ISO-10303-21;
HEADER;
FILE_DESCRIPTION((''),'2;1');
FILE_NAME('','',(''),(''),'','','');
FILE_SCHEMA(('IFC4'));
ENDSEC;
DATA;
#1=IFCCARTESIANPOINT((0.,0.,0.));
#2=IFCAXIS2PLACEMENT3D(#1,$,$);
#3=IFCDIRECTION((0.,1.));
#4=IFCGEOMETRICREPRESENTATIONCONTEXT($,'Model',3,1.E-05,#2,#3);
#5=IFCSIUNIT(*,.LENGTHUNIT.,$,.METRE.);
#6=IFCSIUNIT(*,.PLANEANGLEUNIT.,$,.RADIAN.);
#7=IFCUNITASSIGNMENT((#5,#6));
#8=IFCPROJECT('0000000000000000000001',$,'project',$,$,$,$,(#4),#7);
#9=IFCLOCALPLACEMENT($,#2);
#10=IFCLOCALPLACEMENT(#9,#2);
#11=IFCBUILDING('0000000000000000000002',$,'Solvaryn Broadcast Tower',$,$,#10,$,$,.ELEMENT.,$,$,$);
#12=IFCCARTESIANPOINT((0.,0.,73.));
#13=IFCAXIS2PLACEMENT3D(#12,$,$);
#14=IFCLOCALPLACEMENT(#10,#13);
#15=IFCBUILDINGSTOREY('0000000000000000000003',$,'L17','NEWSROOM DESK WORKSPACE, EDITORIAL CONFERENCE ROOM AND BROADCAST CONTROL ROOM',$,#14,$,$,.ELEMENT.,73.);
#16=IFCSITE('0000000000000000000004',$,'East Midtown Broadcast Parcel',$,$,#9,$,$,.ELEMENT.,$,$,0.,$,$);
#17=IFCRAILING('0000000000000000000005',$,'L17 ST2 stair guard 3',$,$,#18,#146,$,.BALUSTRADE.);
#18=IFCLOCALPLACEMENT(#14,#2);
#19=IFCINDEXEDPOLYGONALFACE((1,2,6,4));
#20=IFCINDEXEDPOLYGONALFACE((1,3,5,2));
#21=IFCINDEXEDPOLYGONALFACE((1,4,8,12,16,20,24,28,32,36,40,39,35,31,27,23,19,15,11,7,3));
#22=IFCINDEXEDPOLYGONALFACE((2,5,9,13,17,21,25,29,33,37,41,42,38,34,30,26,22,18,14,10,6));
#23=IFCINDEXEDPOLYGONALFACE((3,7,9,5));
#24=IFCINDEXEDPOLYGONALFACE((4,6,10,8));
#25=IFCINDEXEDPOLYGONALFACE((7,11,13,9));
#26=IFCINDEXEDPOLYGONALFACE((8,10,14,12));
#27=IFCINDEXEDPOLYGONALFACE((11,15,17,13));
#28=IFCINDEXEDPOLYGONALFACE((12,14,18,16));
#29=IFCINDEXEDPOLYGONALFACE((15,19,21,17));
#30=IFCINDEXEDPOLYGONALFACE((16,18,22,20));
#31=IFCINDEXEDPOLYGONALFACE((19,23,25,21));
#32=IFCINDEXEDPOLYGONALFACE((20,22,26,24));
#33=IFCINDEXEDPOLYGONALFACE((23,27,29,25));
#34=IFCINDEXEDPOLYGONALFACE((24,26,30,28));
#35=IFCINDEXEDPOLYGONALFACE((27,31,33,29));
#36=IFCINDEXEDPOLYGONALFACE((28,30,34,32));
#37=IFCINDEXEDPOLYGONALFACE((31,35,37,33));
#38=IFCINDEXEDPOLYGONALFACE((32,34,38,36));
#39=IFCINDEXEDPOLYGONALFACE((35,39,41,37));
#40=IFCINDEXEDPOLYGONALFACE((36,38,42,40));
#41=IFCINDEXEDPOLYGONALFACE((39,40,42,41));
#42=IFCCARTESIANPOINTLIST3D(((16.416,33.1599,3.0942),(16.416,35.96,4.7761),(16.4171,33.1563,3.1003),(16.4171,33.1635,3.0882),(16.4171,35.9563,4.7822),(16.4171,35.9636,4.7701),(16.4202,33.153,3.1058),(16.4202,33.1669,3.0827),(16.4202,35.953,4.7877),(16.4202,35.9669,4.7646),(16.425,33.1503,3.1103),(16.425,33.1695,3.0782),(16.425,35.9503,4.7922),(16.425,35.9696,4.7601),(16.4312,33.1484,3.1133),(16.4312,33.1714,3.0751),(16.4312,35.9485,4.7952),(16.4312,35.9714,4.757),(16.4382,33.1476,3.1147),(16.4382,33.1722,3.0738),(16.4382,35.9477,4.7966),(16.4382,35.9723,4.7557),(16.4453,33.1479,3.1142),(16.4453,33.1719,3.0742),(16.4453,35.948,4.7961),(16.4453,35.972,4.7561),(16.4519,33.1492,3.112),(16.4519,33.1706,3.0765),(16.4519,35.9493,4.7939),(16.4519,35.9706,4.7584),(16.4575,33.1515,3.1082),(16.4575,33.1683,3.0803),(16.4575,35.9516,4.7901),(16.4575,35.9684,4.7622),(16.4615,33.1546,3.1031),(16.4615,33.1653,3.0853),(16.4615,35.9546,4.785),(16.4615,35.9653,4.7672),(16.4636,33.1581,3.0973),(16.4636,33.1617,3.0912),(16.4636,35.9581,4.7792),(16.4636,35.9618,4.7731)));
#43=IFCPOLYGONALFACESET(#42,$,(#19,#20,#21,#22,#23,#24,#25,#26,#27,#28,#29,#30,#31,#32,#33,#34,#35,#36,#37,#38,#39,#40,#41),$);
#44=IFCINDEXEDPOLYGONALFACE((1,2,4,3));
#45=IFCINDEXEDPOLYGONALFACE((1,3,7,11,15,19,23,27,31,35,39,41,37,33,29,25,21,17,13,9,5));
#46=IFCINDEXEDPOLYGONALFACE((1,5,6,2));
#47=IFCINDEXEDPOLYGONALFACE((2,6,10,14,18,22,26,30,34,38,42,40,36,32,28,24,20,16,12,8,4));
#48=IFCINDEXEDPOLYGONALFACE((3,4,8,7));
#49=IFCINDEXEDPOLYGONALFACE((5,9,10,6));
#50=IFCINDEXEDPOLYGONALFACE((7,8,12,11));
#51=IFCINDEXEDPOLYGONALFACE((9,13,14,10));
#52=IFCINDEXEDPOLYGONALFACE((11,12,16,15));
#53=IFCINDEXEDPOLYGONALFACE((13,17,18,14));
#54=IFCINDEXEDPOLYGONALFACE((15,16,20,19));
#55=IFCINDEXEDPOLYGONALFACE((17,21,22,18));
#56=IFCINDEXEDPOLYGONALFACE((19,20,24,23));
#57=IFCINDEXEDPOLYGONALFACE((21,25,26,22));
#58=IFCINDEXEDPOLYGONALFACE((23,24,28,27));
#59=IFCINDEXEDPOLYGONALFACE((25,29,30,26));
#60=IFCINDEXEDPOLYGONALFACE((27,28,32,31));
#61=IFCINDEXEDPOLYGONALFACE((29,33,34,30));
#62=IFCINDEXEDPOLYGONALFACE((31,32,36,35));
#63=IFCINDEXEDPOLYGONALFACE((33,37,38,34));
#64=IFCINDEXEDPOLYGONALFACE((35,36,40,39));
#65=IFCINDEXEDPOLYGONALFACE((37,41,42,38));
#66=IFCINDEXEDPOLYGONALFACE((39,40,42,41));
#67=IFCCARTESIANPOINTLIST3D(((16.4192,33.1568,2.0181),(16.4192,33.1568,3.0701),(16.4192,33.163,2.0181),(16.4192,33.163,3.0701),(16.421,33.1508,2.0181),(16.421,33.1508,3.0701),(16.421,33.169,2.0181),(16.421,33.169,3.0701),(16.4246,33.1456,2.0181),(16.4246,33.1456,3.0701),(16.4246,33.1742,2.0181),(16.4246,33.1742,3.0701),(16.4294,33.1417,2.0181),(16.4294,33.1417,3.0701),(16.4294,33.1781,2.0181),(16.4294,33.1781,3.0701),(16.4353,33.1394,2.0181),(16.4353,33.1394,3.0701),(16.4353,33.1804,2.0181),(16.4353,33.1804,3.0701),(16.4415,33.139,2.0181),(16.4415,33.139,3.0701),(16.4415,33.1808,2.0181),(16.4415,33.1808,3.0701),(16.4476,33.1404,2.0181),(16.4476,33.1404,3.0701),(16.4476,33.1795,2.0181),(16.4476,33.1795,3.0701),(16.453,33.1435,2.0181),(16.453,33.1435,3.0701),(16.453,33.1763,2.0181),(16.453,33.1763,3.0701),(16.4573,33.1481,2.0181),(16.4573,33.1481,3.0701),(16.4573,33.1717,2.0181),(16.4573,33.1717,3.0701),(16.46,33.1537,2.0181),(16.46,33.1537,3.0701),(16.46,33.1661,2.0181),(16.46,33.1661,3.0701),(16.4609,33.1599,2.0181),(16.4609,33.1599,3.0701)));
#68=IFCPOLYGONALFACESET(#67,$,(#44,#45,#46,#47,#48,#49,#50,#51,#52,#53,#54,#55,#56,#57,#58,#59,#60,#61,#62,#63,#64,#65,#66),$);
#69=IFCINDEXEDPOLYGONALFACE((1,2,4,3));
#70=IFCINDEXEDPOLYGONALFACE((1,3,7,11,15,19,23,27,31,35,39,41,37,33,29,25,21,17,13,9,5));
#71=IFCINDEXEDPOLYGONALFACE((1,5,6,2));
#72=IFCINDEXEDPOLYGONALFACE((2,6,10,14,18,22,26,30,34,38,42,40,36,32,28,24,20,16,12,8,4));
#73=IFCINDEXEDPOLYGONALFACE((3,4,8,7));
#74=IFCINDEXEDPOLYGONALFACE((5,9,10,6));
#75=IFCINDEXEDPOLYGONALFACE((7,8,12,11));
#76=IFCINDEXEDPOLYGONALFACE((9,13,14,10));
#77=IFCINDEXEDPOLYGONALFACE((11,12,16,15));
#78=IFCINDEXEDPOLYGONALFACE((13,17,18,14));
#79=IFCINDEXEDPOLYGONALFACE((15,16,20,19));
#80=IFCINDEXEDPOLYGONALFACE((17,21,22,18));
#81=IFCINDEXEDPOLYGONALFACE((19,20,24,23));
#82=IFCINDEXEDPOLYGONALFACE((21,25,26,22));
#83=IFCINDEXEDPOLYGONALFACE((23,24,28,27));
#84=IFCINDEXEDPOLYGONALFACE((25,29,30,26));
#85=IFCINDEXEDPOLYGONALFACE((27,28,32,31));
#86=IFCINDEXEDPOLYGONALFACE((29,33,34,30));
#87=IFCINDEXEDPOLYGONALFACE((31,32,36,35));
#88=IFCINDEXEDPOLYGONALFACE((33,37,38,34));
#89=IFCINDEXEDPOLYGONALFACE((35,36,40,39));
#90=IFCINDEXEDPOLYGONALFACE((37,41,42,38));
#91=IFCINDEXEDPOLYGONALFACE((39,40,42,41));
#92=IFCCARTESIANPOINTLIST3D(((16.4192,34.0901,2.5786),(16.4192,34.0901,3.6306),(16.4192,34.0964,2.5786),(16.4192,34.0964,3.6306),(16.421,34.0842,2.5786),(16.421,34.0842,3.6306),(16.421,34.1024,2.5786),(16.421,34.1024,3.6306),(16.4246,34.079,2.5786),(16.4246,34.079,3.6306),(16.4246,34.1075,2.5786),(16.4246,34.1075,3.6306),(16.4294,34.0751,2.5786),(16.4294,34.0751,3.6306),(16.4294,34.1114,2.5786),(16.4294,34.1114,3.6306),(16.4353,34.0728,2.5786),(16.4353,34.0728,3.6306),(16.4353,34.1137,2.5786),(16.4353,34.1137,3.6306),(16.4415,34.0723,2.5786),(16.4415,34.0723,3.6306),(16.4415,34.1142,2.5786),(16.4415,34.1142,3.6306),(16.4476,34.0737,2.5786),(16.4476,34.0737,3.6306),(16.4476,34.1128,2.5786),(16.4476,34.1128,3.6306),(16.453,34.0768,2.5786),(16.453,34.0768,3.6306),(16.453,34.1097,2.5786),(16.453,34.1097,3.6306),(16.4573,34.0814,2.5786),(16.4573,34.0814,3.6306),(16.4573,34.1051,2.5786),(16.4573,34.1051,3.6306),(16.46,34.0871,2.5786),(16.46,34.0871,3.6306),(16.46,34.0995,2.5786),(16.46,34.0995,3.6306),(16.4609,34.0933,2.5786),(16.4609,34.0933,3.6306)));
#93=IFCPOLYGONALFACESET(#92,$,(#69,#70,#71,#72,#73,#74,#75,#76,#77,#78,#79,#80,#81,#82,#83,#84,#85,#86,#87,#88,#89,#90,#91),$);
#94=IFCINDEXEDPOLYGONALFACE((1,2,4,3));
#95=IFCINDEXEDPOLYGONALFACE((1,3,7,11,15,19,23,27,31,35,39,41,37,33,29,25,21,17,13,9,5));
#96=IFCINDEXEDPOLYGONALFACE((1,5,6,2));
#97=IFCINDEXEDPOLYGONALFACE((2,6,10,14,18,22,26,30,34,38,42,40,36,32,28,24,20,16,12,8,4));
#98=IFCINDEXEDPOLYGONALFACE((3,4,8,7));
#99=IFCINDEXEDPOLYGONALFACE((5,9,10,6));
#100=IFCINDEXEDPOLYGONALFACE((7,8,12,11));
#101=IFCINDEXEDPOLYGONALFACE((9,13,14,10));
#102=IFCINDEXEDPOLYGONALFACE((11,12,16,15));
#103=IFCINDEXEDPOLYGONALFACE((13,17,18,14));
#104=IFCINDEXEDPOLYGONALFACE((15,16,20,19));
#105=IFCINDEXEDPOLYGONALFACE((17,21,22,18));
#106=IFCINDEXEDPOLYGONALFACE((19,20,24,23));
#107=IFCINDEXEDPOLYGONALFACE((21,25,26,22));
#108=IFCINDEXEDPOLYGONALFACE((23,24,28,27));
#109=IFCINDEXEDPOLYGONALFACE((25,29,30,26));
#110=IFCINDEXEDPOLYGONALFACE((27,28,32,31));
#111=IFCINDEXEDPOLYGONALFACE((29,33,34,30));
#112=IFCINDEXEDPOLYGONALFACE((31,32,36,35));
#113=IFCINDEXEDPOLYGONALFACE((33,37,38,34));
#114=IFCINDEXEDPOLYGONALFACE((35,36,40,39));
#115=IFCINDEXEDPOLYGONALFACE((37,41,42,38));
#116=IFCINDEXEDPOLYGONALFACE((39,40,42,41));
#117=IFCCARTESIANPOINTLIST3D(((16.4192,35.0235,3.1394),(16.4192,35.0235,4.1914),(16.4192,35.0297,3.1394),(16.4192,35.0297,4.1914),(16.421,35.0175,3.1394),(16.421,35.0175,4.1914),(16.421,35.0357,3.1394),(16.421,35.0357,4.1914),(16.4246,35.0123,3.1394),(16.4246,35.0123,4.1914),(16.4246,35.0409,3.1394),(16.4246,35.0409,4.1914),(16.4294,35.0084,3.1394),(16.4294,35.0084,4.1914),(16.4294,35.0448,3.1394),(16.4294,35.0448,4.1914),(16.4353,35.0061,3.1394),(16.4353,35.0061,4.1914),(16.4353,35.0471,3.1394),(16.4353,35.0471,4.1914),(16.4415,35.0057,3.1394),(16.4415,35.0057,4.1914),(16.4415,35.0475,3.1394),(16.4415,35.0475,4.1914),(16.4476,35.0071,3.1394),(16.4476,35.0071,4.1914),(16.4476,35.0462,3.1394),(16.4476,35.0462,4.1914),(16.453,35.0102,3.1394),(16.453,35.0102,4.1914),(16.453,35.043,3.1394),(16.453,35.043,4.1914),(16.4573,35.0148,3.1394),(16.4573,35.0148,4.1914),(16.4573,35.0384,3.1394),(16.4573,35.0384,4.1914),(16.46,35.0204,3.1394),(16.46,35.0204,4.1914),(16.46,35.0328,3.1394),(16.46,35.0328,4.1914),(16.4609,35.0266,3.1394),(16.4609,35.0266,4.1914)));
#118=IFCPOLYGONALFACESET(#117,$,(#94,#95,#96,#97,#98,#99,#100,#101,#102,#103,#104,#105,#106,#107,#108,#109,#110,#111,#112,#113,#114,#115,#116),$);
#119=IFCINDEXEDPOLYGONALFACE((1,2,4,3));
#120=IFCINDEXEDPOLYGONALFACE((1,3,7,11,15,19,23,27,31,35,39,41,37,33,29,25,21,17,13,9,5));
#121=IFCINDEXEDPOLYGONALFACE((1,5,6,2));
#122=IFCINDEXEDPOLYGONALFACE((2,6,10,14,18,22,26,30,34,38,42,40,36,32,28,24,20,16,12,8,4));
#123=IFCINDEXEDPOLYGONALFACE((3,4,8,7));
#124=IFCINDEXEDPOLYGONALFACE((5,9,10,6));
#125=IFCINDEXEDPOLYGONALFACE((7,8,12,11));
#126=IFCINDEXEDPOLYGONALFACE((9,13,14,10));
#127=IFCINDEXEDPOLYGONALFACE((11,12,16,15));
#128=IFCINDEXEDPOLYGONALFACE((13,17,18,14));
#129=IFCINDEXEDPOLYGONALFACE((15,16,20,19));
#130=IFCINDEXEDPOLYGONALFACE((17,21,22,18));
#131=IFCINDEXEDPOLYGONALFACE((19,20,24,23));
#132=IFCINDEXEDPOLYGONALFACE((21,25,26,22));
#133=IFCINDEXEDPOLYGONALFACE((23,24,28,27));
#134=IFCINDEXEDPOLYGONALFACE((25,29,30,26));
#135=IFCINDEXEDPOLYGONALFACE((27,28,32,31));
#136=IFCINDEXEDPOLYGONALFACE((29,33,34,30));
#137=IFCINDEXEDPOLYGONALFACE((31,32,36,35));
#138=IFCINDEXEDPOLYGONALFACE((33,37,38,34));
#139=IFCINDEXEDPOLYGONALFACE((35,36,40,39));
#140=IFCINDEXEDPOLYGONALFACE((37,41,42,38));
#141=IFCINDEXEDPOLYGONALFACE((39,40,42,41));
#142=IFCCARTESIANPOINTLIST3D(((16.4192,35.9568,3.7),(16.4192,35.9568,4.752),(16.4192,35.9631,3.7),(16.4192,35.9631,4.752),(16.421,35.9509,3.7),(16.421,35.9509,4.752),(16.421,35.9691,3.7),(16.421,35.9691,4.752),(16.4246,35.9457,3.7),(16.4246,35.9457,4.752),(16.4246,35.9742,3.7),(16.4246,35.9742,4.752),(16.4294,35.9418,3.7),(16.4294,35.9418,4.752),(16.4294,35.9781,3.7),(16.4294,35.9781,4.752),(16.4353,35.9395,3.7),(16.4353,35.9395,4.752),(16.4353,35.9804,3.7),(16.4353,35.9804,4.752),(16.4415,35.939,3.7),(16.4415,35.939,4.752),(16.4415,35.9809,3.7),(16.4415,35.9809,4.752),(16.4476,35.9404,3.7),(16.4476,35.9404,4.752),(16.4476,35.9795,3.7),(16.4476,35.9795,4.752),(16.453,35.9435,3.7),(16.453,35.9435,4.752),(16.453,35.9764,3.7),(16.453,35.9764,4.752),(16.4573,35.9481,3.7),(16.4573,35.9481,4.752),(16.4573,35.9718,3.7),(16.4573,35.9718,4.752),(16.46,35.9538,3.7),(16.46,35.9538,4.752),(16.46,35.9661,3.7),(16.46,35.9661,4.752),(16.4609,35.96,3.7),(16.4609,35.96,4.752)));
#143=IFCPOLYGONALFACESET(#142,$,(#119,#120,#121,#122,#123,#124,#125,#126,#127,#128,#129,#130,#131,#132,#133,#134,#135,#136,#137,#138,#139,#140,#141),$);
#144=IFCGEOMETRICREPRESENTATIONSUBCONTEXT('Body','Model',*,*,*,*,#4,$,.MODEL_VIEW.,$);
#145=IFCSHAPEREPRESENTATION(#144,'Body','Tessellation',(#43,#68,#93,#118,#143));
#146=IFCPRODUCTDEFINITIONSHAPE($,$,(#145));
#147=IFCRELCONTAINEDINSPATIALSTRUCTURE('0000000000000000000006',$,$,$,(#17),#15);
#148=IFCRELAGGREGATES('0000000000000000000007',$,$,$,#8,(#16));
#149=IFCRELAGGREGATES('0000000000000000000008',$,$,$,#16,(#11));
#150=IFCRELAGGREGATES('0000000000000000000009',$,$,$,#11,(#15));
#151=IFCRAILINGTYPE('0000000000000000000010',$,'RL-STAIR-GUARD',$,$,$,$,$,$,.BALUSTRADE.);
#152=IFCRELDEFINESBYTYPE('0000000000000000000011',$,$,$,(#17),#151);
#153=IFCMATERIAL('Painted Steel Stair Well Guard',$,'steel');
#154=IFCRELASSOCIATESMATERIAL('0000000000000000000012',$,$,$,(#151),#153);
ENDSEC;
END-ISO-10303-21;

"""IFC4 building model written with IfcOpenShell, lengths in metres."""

from ifc_helpers import new_model, si_unit, direction, frame, origin, origin_2d, place, context, subcontext, project, spatial, circle, extrude, material, type_object, element, save


model = new_model("IFC4")

# Units and contexts
model_context = context("Model", 3, precision=1e-05, world=origin(), true_north=direction((0.0, 1.0)))
body_context = subcontext(model_context, "Body", "Model", "MODEL_VIEW")
ifc_project = project(units=[si_unit("LENGTHUNIT", "METRE"), si_unit("PLANEANGLEUNIT", "RADIAN")], contexts=[model_context])

# Site, building, storey
site_placement = place(None, origin())
site = spatial("IfcSite", under=ifc_project, at=site_placement, Name="East Midtown Broadcast Parcel", CompositionType="ELEMENT", RefElevation=0.0)
building_placement = place(site_placement, origin())
building = spatial("IfcBuilding", under=site, at=building_placement, Name="Solvaryn Broadcast Tower", CompositionType="ELEMENT")
storey_placement = place(building_placement, frame((0.0, 0.0, 73.0)))
storey = spatial("IfcBuildingStorey", under=building, at=storey_placement, Name="L17", Description="NEWSROOM DESK WORKSPACE, EDITORIAL CONFERENCE ROOM AND BROADCAST CONTROL ROOM", CompositionType="ELEMENT", Elevation=73.0)

# Railing
ifc_material_1 = material(Name="Painted Steel Stair Well Guard", Category="steel")
railing_type_1 = type_object("IfcRailingType", Name="RL-STAIR-GUARD", PredefinedType="BALUSTRADE", material=ifc_material_1)
railing_1_placement = place(storey_placement, frame((16.4399, 33.1599, 2.0181)))
element("IfcRailing", 1, at=railing_1_placement, inside=storey, type_object=railing_type_1, Name="L17 ST2 stair guard 3", PredefinedType="BALUSTRADE", context=body_context, shape_type="SweptSolid", body=[
    extrude(circle(Radius=0.0239, at=origin_2d()), frame((0.0, 0.0, 1.0762), z_axis=(0.0, 0.857242, 0.514913), x_axis=(-1.0, 0.0, 0.0)), (0.0, 0.0, 1.0), 3.2664),
    extrude(circle(Radius=0.021, at=origin_2d()), origin(), (0.0, 0.0, 1.0), 1.052),
    extrude(circle(Radius=0.021, at=origin_2d()), frame((0.0, 0.9333, 0.5605)), (0.0, 0.0, 1.0), 1.052),
    extrude(circle(Radius=0.021, at=origin_2d()), frame((0.0, 1.8667, 1.1213)), (0.0, 0.0, 1.0), 1.052),
    extrude(circle(Radius=0.021, at=origin_2d()), frame((0.0, 2.8, 1.6819)), (0.0, 0.0, 1.0), 1.052),
])

save(model, "model.ifc")
